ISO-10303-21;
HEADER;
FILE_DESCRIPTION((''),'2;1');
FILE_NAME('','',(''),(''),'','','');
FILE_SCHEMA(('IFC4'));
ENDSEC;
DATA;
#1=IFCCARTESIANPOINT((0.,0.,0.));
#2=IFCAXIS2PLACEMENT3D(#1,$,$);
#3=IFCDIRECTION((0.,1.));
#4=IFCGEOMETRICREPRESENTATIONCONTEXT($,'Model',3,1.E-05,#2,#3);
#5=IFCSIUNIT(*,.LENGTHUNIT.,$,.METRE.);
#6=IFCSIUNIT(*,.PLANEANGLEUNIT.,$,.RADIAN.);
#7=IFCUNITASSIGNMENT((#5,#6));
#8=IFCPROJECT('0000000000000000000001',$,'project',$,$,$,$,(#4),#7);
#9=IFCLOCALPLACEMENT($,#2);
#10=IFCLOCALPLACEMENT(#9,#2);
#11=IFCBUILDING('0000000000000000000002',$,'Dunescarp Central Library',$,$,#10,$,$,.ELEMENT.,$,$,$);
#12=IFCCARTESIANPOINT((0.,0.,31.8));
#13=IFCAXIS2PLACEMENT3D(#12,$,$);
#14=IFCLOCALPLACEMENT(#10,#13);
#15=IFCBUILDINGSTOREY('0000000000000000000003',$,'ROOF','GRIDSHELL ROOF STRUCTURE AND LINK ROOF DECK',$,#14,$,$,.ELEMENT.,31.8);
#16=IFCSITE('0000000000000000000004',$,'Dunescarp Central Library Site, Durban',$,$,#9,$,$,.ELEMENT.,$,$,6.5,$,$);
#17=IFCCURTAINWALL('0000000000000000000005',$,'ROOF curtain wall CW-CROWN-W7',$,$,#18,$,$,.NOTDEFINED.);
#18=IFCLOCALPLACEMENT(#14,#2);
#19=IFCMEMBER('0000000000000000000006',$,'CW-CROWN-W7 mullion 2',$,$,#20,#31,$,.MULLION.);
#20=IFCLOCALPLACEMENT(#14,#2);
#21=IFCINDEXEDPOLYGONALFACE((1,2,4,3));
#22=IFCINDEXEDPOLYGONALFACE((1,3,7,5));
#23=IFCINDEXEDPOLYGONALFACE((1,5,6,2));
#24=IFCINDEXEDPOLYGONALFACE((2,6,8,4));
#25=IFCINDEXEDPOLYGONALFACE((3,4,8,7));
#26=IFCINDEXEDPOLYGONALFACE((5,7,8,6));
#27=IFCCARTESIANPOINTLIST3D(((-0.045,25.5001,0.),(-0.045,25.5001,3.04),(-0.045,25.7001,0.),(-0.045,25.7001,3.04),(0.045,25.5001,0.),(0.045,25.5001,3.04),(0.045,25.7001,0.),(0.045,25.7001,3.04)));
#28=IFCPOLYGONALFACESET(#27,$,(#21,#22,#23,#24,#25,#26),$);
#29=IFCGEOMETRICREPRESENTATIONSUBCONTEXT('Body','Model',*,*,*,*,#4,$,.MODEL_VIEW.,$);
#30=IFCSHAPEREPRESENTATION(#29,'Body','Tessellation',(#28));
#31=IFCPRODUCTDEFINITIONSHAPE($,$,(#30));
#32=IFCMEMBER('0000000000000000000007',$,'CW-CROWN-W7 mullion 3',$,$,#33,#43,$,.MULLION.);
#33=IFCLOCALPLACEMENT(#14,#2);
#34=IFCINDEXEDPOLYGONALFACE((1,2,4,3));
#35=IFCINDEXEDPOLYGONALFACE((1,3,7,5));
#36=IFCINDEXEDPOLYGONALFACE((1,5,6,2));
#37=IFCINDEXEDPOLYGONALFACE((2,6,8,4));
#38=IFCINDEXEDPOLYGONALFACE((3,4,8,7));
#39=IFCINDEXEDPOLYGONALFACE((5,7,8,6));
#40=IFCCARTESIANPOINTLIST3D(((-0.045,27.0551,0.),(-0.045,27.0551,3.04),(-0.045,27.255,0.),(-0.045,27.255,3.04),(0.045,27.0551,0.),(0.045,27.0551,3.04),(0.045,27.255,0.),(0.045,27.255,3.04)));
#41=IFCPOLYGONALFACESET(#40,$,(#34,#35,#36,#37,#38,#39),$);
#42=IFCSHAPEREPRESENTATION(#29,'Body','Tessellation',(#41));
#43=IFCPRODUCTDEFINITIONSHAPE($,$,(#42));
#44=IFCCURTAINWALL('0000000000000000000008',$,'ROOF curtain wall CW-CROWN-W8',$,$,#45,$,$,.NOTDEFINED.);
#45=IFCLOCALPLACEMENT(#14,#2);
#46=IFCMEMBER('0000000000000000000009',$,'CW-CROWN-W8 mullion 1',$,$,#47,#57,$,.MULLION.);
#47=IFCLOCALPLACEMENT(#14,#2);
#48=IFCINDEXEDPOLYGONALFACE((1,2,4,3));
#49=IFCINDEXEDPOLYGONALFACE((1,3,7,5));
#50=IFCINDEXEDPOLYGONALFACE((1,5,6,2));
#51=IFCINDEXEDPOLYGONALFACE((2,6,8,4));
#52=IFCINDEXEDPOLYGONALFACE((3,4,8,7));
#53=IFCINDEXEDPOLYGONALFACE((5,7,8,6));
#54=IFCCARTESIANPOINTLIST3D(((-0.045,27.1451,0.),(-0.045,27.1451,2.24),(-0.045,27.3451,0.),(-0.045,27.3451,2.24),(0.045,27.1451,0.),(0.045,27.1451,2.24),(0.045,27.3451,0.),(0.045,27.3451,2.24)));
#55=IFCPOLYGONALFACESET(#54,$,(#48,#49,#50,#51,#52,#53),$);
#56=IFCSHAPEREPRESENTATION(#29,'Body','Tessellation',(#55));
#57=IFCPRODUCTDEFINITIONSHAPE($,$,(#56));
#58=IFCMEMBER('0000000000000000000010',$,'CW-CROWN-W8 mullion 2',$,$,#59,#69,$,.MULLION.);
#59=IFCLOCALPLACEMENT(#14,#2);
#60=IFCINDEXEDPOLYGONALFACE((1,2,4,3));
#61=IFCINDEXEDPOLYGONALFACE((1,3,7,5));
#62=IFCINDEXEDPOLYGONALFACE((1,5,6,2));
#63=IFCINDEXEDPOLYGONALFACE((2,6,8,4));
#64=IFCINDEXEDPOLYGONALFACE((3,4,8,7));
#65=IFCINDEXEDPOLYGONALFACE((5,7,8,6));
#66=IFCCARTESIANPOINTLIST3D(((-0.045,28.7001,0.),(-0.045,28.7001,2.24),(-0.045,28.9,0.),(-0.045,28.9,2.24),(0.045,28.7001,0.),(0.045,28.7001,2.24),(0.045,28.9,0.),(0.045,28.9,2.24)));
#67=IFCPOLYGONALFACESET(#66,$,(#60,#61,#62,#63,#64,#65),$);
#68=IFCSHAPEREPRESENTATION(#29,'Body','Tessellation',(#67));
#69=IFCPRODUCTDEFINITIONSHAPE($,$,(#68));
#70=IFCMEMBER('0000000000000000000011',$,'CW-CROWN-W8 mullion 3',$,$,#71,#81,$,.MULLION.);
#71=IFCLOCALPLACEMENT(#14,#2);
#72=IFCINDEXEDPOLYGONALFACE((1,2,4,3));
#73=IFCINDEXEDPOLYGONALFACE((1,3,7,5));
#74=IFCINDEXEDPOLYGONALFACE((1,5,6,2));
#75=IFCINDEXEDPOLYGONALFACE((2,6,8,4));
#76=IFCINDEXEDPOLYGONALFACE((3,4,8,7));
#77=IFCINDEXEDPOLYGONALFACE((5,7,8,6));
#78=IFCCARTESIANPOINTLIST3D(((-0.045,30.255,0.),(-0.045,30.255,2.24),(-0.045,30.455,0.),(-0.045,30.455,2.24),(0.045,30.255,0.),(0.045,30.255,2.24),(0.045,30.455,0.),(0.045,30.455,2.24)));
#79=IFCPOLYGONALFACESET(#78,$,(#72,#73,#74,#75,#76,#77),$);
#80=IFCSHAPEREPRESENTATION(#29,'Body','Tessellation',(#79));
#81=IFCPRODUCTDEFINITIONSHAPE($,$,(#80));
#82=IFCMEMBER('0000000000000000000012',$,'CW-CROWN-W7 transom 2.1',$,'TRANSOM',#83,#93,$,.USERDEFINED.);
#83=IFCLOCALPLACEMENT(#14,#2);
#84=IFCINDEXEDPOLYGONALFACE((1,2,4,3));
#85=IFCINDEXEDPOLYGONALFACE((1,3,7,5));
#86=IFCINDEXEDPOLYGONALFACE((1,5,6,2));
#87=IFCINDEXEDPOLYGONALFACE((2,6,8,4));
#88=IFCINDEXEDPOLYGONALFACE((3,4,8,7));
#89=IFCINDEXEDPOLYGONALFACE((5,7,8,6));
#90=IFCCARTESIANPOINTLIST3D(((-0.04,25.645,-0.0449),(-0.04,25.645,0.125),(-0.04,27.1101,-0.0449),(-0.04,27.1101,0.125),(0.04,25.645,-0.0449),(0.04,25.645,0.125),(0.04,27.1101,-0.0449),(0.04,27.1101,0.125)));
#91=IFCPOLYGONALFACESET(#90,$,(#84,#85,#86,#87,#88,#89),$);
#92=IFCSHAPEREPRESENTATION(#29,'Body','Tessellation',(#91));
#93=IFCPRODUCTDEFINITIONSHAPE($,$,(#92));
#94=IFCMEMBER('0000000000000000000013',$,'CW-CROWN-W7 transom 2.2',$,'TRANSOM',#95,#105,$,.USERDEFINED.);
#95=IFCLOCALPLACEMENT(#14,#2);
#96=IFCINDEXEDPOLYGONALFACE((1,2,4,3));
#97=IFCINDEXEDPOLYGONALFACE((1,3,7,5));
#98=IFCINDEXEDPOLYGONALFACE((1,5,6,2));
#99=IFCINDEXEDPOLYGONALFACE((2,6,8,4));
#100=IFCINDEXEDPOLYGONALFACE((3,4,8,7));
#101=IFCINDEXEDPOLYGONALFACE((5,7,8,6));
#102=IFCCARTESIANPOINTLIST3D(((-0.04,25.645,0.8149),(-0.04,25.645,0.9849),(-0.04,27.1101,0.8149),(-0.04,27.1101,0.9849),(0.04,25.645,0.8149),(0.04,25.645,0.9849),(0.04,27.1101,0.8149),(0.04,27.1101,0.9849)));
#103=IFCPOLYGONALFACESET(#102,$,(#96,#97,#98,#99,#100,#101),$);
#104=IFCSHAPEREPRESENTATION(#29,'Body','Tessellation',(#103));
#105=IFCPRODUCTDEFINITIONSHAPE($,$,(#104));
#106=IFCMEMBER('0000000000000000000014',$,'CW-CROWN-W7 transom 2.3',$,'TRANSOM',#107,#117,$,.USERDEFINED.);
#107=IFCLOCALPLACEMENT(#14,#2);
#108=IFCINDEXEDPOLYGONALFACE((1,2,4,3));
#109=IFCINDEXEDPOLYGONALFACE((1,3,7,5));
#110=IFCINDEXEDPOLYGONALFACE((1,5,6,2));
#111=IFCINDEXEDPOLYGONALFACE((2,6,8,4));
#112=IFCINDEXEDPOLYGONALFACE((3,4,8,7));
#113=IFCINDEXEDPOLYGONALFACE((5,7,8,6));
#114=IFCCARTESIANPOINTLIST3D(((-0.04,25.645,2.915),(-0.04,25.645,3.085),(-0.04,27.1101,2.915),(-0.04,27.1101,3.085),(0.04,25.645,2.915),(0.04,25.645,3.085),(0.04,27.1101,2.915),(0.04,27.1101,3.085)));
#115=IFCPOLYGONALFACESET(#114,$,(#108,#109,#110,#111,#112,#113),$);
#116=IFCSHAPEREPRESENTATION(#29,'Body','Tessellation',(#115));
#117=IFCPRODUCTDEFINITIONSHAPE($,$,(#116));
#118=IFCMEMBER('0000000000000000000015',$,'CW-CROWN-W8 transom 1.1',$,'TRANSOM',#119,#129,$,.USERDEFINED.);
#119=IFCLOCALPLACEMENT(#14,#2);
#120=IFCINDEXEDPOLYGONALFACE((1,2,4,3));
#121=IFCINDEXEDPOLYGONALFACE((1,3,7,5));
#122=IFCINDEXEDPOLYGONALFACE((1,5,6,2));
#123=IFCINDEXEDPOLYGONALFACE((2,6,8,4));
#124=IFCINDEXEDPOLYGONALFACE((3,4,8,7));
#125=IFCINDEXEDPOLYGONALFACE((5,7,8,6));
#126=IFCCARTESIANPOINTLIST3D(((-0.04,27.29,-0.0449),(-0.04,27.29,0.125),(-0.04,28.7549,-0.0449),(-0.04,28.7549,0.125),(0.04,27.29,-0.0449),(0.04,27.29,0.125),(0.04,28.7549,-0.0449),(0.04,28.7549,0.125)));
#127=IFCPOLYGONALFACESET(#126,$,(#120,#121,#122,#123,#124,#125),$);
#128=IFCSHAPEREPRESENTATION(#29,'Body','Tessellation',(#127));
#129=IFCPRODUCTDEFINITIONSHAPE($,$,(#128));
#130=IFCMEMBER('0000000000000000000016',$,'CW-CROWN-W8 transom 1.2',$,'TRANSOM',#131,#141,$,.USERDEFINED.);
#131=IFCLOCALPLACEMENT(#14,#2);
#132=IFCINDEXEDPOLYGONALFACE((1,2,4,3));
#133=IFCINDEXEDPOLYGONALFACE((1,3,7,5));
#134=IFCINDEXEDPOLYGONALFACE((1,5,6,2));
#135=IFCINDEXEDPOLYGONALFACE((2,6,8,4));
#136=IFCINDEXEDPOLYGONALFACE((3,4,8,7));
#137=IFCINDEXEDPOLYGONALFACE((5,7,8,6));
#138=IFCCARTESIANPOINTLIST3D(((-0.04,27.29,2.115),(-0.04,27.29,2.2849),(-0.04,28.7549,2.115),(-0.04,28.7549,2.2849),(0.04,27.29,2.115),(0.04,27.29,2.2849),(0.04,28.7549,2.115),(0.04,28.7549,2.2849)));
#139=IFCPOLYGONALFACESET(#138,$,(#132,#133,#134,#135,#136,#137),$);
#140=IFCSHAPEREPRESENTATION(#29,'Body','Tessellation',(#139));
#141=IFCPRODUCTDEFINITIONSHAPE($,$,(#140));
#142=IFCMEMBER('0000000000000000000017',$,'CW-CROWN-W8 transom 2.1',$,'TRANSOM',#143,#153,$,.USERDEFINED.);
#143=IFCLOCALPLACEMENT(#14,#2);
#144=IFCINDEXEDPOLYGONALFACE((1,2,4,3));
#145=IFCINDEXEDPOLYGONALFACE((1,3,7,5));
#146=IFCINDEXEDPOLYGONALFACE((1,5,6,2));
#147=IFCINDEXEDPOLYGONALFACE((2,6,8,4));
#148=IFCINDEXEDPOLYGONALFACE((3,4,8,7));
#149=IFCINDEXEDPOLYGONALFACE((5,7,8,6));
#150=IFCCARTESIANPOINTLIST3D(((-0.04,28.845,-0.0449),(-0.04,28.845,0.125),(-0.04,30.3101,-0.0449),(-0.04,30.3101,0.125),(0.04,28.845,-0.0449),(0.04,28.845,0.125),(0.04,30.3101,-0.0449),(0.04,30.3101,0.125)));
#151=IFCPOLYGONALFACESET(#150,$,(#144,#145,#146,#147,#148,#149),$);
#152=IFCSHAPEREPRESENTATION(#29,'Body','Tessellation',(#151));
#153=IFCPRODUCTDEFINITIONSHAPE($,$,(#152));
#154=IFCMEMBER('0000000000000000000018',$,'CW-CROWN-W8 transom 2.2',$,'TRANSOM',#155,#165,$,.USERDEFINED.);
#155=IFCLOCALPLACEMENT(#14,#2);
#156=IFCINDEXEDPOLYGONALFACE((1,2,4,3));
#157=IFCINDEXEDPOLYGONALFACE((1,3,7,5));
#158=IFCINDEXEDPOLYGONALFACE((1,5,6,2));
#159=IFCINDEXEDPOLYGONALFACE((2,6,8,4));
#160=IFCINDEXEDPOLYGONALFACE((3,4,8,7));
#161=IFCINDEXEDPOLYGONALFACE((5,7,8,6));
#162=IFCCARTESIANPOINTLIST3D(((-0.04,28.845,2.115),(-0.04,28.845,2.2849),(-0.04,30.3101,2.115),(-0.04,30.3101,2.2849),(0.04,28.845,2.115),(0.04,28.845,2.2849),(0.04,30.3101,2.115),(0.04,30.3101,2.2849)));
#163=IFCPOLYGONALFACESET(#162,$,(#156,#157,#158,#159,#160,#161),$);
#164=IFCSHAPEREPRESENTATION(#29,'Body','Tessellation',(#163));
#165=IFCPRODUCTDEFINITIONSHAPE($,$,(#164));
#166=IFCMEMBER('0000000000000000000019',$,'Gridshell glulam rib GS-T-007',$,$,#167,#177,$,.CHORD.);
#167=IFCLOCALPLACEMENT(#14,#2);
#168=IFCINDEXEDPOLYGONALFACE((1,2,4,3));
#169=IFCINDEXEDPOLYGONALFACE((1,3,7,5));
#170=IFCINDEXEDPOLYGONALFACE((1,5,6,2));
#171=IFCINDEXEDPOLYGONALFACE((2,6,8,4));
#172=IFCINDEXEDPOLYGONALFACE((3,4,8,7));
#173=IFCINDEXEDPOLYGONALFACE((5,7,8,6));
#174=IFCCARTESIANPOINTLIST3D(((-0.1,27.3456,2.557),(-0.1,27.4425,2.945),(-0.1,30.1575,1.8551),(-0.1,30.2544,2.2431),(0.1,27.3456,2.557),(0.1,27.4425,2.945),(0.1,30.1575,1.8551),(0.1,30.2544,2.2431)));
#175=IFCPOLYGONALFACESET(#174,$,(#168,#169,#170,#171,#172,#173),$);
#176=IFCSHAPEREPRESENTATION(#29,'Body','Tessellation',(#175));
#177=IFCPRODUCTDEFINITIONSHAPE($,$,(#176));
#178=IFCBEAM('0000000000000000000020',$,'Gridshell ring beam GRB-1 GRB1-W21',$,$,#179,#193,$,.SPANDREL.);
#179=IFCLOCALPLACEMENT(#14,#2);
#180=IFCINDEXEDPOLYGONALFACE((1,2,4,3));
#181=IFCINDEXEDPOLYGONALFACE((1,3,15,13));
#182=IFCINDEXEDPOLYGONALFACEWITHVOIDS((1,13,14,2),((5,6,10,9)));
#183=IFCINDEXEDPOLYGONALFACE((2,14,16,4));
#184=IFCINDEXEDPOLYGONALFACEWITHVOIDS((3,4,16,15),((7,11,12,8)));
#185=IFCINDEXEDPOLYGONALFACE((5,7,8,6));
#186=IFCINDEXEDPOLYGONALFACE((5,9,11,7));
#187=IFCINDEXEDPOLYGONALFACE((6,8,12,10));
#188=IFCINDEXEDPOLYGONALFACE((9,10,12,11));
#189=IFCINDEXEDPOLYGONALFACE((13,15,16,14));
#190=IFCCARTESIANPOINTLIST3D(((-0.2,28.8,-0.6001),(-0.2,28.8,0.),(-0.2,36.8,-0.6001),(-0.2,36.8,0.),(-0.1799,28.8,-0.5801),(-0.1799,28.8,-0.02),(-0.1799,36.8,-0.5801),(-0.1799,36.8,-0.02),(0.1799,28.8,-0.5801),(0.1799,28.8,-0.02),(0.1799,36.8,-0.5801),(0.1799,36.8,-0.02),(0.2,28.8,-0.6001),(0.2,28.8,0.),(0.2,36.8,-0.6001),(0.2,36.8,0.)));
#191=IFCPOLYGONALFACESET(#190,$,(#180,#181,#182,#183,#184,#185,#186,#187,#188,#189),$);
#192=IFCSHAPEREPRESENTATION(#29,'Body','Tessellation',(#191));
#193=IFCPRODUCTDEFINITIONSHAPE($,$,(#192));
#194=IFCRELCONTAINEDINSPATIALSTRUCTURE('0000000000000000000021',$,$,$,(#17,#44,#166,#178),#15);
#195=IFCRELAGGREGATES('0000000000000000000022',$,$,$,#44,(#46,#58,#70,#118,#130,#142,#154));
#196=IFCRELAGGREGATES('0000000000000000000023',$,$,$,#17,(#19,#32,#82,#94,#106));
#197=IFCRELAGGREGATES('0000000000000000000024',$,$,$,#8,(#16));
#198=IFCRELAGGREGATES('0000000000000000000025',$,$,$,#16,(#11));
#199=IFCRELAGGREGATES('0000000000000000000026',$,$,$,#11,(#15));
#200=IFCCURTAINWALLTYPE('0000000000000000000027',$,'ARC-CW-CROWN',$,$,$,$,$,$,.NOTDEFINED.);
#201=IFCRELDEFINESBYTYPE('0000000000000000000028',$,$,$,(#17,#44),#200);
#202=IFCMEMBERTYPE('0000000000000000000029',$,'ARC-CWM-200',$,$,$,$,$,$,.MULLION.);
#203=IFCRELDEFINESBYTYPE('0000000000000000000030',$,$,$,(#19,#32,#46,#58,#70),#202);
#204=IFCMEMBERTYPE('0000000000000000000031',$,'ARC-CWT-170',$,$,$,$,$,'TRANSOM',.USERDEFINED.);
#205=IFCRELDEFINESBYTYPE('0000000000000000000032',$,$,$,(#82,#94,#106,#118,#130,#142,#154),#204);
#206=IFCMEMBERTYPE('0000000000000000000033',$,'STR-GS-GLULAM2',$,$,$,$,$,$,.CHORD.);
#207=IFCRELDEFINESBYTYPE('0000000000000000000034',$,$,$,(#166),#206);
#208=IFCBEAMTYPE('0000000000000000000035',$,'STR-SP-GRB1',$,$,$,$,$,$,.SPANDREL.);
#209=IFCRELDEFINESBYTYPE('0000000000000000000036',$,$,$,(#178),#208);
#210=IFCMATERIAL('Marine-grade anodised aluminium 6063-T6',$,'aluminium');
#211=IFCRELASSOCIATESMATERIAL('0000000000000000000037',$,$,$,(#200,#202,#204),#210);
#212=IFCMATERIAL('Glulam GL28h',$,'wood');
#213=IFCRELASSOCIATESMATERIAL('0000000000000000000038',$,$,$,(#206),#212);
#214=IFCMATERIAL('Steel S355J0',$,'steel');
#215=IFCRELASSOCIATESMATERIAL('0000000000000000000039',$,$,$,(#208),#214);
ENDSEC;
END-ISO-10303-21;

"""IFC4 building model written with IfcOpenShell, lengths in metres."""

from ifc_helpers import new_model, si_unit, direction, frame, origin, origin_2d, place, context, subcontext, project, spatial, rectangle, hollow_rectangle, extrude, material, material_profile, profile_set, type_object, element, aggregate, save


model = new_model("IFC4")

# Units and contexts
model_context = context("Model", 3, precision=1e-05, world=origin(), true_north=direction((0.0, 1.0)))
body_context = subcontext(model_context, "Body", "Model", "MODEL_VIEW")
ifc_project = project(units=[si_unit("LENGTHUNIT", "METRE"), si_unit("PLANEANGLEUNIT", "RADIAN")], contexts=[model_context])

# Site, building, storey
site_placement = place(None, origin())
site = spatial("IfcSite", under=ifc_project, at=site_placement, Name="Dunescarp Central Library Site, Durban", CompositionType="ELEMENT", RefElevation=6.5)
building_placement = place(site_placement, origin())
building = spatial("IfcBuilding", under=site, at=building_placement, Name="Dunescarp Central Library", CompositionType="ELEMENT")
storey_placement = place(building_placement, frame((0.0, 0.0, 31.8)))
storey = spatial("IfcBuildingStorey", under=building, at=storey_placement, Name="ROOF", Description="GRIDSHELL ROOF STRUCTURE AND LINK ROOF DECK", CompositionType="ELEMENT", Elevation=31.8)

# Curtain walls, members
ifc_material_1 = material(Name="Marine-grade anodised aluminium 6063-T6", Category="aluminium")
curtain_wall_type = type_object("IfcCurtainWallType", Name="ARC-CW-CROWN", PredefinedType="NOTDEFINED", material=ifc_material_1)
curtain_wall_1_placement = place(storey_placement, origin())
curtain_wall_1 = element("IfcCurtainWall", 1, at=curtain_wall_1_placement, inside=storey, type_object=curtain_wall_type, Name="ROOF curtain wall CW-CROWN-W7", PredefinedType="NOTDEFINED")
ifc_material_profile_1 = material_profile(ifc_material_1, rectangle(XDim=0.0901, YDim=0.2, at=origin_2d()), Name="AL 90x200")
ifc_profile_set_1 = profile_set([ifc_material_profile_1], Name="Marine-grade anodised aluminium 6063-T6")
member_type_1 = type_object("IfcMemberType", Name="ARC-CWM-200", PredefinedType="MULLION", material=ifc_profile_set_1)
member_1_placement = place(storey_placement, frame((0.0, 25.6001, 0.0), z_axis=(0.0, 0.0, 1.0), x_axis=(-1.0, 0.0, 0.0)))
member_1 = element("IfcMember", 2, at=member_1_placement, type_object=member_type_1, Name="CW-CROWN-W7 mullion 2", PredefinedType="MULLION", context=body_context, shape_type="SweptSolid", body=[
    extrude(rectangle(XDim=0.0901, YDim=0.2, at=origin_2d()), origin(), (0.0, 0.0, 1.0), 3.04),
])
member_2_placement = place(storey_placement, frame((0.0, 27.155, 0.0), z_axis=(0.0, 0.0, 1.0), x_axis=(-1.0, 0.0, 0.0)))
member_2 = element("IfcMember", 3, at=member_2_placement, type_object=member_type_1, Name="CW-CROWN-W7 mullion 3", PredefinedType="MULLION", context=body_context, shape_type="SweptSolid", body=[
    extrude(rectangle(XDim=0.0901, YDim=0.2, at=origin_2d()), origin(), (0.0, 0.0, 1.0), 3.04),
])
curtain_wall_2_placement = place(storey_placement, origin())
curtain_wall_2 = element("IfcCurtainWall", 4, at=curtain_wall_2_placement, inside=storey, type_object=curtain_wall_type, Name="ROOF curtain wall CW-CROWN-W8", PredefinedType="NOTDEFINED")
member_3_placement = place(storey_placement, frame((0.0, 27.2451, 0.0), z_axis=(0.0, 0.0, 1.0), x_axis=(-1.0, 0.0, 0.0)))
member_3 = element("IfcMember", 5, at=member_3_placement, type_object=member_type_1, Name="CW-CROWN-W8 mullion 1", PredefinedType="MULLION", context=body_context, shape_type="SweptSolid", body=[
    extrude(rectangle(XDim=0.0901, YDim=0.2, at=origin_2d()), origin(), (0.0, 0.0, 1.0), 2.24),
])
member_4_placement = place(storey_placement, frame((0.0, 28.8, 0.0), z_axis=(0.0, 0.0, 1.0), x_axis=(-1.0, 0.0, 0.0)))
member_4 = element("IfcMember", 6, at=member_4_placement, type_object=member_type_1, Name="CW-CROWN-W8 mullion 2", PredefinedType="MULLION", context=body_context, shape_type="SweptSolid", body=[
    extrude(rectangle(XDim=0.0901, YDim=0.2, at=origin_2d()), origin(), (0.0, 0.0, 1.0), 2.24),
])
member_5_placement = place(storey_placement, frame((0.0, 30.355, 0.0), z_axis=(0.0, 0.0, 1.0), x_axis=(-1.0, 0.0, 0.0)))
member_5 = element("IfcMember", 7, at=member_5_placement, type_object=member_type_1, Name="CW-CROWN-W8 mullion 3", PredefinedType="MULLION", context=body_context, shape_type="SweptSolid", body=[
    extrude(rectangle(XDim=0.0901, YDim=0.2, at=origin_2d()), origin(), (0.0, 0.0, 1.0), 2.24),
])

# Members
ifc_material_profile_2 = material_profile(ifc_material_1, rectangle(XDim=0.0801, YDim=0.1699, at=origin_2d()), Name="AL 80x170")
ifc_profile_set_2 = profile_set([ifc_material_profile_2], Name="Marine-grade anodised aluminium 6063-T6")
member_type_2 = type_object("IfcMemberType", Name="ARC-CWT-170", ElementType="TRANSOM", PredefinedType="USERDEFINED", material=ifc_profile_set_2)
member_6_placement = place(storey_placement, frame((0.0, 25.645, 0.04), z_axis=(0.0, 1.0, 0.0), x_axis=(-1.0, 0.0, 0.0)))
member_6 = element("IfcMember", 8, at=member_6_placement, type_object=member_type_2, Name="CW-CROWN-W7 transom 2.1", ObjectType="TRANSOM", PredefinedType="USERDEFINED", context=body_context, shape_type="SweptSolid", body=[
    extrude(rectangle(XDim=0.0801, YDim=0.1699, at=origin_2d()), origin(), (0.0, 0.0, 1.0), 1.4651),
])
member_7_placement = place(storey_placement, frame((0.0, 25.645, 0.8999), z_axis=(0.0, 1.0, 0.0), x_axis=(-1.0, 0.0, 0.0)))
member_7 = element("IfcMember", 9, at=member_7_placement, type_object=member_type_2, Name="CW-CROWN-W7 transom 2.2", ObjectType="TRANSOM", PredefinedType="USERDEFINED", context=body_context, shape_type="SweptSolid", body=[
    extrude(rectangle(XDim=0.0801, YDim=0.1699, at=origin_2d()), origin(), (0.0, 0.0, 1.0), 1.4651),
])
member_8_placement = place(storey_placement, frame((0.0, 25.645, 3.0), z_axis=(0.0, 1.0, 0.0), x_axis=(-1.0, 0.0, 0.0)))
member_8 = element("IfcMember", 10, at=member_8_placement, type_object=member_type_2, Name="CW-CROWN-W7 transom 2.3", ObjectType="TRANSOM", PredefinedType="USERDEFINED", context=body_context, shape_type="SweptSolid", body=[
    extrude(rectangle(XDim=0.0801, YDim=0.1699, at=origin_2d()), origin(), (0.0, 0.0, 1.0), 1.4651),
])
member_9_placement = place(storey_placement, frame((0.0, 27.29, 0.04), z_axis=(0.0, 1.0, 0.0), x_axis=(-1.0, 0.0, 0.0)))
member_9 = element("IfcMember", 11, at=member_9_placement, type_object=member_type_2, Name="CW-CROWN-W8 transom 1.1", ObjectType="TRANSOM", PredefinedType="USERDEFINED", context=body_context, shape_type="SweptSolid", body=[
    extrude(rectangle(XDim=0.0801, YDim=0.1699, at=origin_2d()), origin(), (0.0, 0.0, 1.0), 1.4648),
])
member_10_placement = place(storey_placement, frame((0.0, 27.29, 2.2), z_axis=(0.0, 1.0, 0.0), x_axis=(-1.0, 0.0, 0.0)))
member_10 = element("IfcMember", 12, at=member_10_placement, type_object=member_type_2, Name="CW-CROWN-W8 transom 1.2", ObjectType="TRANSOM", PredefinedType="USERDEFINED", context=body_context, shape_type="SweptSolid", body=[
    extrude(rectangle(XDim=0.0801, YDim=0.1699, at=origin_2d()), origin(), (0.0, 0.0, 1.0), 1.4648),
])
member_11_placement = place(storey_placement, frame((0.0, 28.845, 0.04), z_axis=(0.0, 1.0, 0.0), x_axis=(-1.0, 0.0, 0.0)))
member_11 = element("IfcMember", 13, at=member_11_placement, type_object=member_type_2, Name="CW-CROWN-W8 transom 2.1", ObjectType="TRANSOM", PredefinedType="USERDEFINED", context=body_context, shape_type="SweptSolid", body=[
    extrude(rectangle(XDim=0.0801, YDim=0.1699, at=origin_2d()), origin(), (0.0, 0.0, 1.0), 1.4651),
])
member_12_placement = place(storey_placement, frame((0.0, 28.845, 2.2), z_axis=(0.0, 1.0, 0.0), x_axis=(-1.0, 0.0, 0.0)))
member_12 = element("IfcMember", 14, at=member_12_placement, type_object=member_type_2, Name="CW-CROWN-W8 transom 2.2", ObjectType="TRANSOM", PredefinedType="USERDEFINED", context=body_context, shape_type="SweptSolid", body=[
    extrude(rectangle(XDim=0.0801, YDim=0.1699, at=origin_2d()), origin(), (0.0, 0.0, 1.0), 1.4651),
])
ifc_material_2 = material(Name="Glulam GL28h", Category="wood")
ifc_material_profile_3 = material_profile(ifc_material_2, rectangle(XDim=0.2, YDim=0.3999, at=origin_2d()), Name="GL28h 200x400")
ifc_profile_set_3 = profile_set([ifc_material_profile_3], Name="Glulam GL28h")
member_type_3 = type_object("IfcMemberType", Name="STR-GS-GLULAM2", PredefinedType="CHORD", material=ifc_profile_set_3)
member_13_placement = place(storey_placement, frame((0.0, 27.394, 2.751), z_axis=(0.0, 0.970232, -0.242179), x_axis=(-1.0, 0.0, 0.0)))
element("IfcMember", 15, at=member_13_placement, inside=storey, type_object=member_type_3, Name="Gridshell glulam rib GS-T-007", PredefinedType="CHORD", context=body_context, shape_type="SweptSolid", body=[
    extrude(rectangle(XDim=0.2, YDim=0.3999, at=origin_2d()), origin(), (0.0, 0.0, 1.0), 2.8982),
])

# Beam
ifc_material_3 = material(Name="Steel S355J0", Category="steel")
ifc_material_profile_4 = material_profile(ifc_material_3, hollow_rectangle(XDim=0.3999, YDim=0.6001, WallThickness=0.02, at=origin_2d()), Name="RHS 600x400x20")
ifc_profile_set_4 = profile_set([ifc_material_profile_4], Name="Steel S355J0")
beam_type = type_object("IfcBeamType", Name="STR-SP-GRB1", PredefinedType="SPANDREL", material=ifc_profile_set_4)
beam_placement = place(storey_placement, frame((0.0, 28.8, -0.3), z_axis=(0.0, 1.0, 0.0), x_axis=(-1.0, 0.0, 0.0)))
element("IfcBeam", 16, at=beam_placement, inside=storey, type_object=beam_type, Name="Gridshell ring beam GRB-1 GRB1-W21", PredefinedType="SPANDREL", context=body_context, shape_type="SweptSolid", body=[
    extrude(hollow_rectangle(XDim=0.3999, YDim=0.6001, WallThickness=0.02, at=origin_2d()), origin(), (0.0, 0.0, 1.0), 8.0),
])

aggregate(curtain_wall_2, [member_3, member_4, member_5, member_9, member_10, member_11, member_12])
aggregate(curtain_wall_1, [member_1, member_2, member_6, member_7, member_8])

save(model, "model.ifc")
